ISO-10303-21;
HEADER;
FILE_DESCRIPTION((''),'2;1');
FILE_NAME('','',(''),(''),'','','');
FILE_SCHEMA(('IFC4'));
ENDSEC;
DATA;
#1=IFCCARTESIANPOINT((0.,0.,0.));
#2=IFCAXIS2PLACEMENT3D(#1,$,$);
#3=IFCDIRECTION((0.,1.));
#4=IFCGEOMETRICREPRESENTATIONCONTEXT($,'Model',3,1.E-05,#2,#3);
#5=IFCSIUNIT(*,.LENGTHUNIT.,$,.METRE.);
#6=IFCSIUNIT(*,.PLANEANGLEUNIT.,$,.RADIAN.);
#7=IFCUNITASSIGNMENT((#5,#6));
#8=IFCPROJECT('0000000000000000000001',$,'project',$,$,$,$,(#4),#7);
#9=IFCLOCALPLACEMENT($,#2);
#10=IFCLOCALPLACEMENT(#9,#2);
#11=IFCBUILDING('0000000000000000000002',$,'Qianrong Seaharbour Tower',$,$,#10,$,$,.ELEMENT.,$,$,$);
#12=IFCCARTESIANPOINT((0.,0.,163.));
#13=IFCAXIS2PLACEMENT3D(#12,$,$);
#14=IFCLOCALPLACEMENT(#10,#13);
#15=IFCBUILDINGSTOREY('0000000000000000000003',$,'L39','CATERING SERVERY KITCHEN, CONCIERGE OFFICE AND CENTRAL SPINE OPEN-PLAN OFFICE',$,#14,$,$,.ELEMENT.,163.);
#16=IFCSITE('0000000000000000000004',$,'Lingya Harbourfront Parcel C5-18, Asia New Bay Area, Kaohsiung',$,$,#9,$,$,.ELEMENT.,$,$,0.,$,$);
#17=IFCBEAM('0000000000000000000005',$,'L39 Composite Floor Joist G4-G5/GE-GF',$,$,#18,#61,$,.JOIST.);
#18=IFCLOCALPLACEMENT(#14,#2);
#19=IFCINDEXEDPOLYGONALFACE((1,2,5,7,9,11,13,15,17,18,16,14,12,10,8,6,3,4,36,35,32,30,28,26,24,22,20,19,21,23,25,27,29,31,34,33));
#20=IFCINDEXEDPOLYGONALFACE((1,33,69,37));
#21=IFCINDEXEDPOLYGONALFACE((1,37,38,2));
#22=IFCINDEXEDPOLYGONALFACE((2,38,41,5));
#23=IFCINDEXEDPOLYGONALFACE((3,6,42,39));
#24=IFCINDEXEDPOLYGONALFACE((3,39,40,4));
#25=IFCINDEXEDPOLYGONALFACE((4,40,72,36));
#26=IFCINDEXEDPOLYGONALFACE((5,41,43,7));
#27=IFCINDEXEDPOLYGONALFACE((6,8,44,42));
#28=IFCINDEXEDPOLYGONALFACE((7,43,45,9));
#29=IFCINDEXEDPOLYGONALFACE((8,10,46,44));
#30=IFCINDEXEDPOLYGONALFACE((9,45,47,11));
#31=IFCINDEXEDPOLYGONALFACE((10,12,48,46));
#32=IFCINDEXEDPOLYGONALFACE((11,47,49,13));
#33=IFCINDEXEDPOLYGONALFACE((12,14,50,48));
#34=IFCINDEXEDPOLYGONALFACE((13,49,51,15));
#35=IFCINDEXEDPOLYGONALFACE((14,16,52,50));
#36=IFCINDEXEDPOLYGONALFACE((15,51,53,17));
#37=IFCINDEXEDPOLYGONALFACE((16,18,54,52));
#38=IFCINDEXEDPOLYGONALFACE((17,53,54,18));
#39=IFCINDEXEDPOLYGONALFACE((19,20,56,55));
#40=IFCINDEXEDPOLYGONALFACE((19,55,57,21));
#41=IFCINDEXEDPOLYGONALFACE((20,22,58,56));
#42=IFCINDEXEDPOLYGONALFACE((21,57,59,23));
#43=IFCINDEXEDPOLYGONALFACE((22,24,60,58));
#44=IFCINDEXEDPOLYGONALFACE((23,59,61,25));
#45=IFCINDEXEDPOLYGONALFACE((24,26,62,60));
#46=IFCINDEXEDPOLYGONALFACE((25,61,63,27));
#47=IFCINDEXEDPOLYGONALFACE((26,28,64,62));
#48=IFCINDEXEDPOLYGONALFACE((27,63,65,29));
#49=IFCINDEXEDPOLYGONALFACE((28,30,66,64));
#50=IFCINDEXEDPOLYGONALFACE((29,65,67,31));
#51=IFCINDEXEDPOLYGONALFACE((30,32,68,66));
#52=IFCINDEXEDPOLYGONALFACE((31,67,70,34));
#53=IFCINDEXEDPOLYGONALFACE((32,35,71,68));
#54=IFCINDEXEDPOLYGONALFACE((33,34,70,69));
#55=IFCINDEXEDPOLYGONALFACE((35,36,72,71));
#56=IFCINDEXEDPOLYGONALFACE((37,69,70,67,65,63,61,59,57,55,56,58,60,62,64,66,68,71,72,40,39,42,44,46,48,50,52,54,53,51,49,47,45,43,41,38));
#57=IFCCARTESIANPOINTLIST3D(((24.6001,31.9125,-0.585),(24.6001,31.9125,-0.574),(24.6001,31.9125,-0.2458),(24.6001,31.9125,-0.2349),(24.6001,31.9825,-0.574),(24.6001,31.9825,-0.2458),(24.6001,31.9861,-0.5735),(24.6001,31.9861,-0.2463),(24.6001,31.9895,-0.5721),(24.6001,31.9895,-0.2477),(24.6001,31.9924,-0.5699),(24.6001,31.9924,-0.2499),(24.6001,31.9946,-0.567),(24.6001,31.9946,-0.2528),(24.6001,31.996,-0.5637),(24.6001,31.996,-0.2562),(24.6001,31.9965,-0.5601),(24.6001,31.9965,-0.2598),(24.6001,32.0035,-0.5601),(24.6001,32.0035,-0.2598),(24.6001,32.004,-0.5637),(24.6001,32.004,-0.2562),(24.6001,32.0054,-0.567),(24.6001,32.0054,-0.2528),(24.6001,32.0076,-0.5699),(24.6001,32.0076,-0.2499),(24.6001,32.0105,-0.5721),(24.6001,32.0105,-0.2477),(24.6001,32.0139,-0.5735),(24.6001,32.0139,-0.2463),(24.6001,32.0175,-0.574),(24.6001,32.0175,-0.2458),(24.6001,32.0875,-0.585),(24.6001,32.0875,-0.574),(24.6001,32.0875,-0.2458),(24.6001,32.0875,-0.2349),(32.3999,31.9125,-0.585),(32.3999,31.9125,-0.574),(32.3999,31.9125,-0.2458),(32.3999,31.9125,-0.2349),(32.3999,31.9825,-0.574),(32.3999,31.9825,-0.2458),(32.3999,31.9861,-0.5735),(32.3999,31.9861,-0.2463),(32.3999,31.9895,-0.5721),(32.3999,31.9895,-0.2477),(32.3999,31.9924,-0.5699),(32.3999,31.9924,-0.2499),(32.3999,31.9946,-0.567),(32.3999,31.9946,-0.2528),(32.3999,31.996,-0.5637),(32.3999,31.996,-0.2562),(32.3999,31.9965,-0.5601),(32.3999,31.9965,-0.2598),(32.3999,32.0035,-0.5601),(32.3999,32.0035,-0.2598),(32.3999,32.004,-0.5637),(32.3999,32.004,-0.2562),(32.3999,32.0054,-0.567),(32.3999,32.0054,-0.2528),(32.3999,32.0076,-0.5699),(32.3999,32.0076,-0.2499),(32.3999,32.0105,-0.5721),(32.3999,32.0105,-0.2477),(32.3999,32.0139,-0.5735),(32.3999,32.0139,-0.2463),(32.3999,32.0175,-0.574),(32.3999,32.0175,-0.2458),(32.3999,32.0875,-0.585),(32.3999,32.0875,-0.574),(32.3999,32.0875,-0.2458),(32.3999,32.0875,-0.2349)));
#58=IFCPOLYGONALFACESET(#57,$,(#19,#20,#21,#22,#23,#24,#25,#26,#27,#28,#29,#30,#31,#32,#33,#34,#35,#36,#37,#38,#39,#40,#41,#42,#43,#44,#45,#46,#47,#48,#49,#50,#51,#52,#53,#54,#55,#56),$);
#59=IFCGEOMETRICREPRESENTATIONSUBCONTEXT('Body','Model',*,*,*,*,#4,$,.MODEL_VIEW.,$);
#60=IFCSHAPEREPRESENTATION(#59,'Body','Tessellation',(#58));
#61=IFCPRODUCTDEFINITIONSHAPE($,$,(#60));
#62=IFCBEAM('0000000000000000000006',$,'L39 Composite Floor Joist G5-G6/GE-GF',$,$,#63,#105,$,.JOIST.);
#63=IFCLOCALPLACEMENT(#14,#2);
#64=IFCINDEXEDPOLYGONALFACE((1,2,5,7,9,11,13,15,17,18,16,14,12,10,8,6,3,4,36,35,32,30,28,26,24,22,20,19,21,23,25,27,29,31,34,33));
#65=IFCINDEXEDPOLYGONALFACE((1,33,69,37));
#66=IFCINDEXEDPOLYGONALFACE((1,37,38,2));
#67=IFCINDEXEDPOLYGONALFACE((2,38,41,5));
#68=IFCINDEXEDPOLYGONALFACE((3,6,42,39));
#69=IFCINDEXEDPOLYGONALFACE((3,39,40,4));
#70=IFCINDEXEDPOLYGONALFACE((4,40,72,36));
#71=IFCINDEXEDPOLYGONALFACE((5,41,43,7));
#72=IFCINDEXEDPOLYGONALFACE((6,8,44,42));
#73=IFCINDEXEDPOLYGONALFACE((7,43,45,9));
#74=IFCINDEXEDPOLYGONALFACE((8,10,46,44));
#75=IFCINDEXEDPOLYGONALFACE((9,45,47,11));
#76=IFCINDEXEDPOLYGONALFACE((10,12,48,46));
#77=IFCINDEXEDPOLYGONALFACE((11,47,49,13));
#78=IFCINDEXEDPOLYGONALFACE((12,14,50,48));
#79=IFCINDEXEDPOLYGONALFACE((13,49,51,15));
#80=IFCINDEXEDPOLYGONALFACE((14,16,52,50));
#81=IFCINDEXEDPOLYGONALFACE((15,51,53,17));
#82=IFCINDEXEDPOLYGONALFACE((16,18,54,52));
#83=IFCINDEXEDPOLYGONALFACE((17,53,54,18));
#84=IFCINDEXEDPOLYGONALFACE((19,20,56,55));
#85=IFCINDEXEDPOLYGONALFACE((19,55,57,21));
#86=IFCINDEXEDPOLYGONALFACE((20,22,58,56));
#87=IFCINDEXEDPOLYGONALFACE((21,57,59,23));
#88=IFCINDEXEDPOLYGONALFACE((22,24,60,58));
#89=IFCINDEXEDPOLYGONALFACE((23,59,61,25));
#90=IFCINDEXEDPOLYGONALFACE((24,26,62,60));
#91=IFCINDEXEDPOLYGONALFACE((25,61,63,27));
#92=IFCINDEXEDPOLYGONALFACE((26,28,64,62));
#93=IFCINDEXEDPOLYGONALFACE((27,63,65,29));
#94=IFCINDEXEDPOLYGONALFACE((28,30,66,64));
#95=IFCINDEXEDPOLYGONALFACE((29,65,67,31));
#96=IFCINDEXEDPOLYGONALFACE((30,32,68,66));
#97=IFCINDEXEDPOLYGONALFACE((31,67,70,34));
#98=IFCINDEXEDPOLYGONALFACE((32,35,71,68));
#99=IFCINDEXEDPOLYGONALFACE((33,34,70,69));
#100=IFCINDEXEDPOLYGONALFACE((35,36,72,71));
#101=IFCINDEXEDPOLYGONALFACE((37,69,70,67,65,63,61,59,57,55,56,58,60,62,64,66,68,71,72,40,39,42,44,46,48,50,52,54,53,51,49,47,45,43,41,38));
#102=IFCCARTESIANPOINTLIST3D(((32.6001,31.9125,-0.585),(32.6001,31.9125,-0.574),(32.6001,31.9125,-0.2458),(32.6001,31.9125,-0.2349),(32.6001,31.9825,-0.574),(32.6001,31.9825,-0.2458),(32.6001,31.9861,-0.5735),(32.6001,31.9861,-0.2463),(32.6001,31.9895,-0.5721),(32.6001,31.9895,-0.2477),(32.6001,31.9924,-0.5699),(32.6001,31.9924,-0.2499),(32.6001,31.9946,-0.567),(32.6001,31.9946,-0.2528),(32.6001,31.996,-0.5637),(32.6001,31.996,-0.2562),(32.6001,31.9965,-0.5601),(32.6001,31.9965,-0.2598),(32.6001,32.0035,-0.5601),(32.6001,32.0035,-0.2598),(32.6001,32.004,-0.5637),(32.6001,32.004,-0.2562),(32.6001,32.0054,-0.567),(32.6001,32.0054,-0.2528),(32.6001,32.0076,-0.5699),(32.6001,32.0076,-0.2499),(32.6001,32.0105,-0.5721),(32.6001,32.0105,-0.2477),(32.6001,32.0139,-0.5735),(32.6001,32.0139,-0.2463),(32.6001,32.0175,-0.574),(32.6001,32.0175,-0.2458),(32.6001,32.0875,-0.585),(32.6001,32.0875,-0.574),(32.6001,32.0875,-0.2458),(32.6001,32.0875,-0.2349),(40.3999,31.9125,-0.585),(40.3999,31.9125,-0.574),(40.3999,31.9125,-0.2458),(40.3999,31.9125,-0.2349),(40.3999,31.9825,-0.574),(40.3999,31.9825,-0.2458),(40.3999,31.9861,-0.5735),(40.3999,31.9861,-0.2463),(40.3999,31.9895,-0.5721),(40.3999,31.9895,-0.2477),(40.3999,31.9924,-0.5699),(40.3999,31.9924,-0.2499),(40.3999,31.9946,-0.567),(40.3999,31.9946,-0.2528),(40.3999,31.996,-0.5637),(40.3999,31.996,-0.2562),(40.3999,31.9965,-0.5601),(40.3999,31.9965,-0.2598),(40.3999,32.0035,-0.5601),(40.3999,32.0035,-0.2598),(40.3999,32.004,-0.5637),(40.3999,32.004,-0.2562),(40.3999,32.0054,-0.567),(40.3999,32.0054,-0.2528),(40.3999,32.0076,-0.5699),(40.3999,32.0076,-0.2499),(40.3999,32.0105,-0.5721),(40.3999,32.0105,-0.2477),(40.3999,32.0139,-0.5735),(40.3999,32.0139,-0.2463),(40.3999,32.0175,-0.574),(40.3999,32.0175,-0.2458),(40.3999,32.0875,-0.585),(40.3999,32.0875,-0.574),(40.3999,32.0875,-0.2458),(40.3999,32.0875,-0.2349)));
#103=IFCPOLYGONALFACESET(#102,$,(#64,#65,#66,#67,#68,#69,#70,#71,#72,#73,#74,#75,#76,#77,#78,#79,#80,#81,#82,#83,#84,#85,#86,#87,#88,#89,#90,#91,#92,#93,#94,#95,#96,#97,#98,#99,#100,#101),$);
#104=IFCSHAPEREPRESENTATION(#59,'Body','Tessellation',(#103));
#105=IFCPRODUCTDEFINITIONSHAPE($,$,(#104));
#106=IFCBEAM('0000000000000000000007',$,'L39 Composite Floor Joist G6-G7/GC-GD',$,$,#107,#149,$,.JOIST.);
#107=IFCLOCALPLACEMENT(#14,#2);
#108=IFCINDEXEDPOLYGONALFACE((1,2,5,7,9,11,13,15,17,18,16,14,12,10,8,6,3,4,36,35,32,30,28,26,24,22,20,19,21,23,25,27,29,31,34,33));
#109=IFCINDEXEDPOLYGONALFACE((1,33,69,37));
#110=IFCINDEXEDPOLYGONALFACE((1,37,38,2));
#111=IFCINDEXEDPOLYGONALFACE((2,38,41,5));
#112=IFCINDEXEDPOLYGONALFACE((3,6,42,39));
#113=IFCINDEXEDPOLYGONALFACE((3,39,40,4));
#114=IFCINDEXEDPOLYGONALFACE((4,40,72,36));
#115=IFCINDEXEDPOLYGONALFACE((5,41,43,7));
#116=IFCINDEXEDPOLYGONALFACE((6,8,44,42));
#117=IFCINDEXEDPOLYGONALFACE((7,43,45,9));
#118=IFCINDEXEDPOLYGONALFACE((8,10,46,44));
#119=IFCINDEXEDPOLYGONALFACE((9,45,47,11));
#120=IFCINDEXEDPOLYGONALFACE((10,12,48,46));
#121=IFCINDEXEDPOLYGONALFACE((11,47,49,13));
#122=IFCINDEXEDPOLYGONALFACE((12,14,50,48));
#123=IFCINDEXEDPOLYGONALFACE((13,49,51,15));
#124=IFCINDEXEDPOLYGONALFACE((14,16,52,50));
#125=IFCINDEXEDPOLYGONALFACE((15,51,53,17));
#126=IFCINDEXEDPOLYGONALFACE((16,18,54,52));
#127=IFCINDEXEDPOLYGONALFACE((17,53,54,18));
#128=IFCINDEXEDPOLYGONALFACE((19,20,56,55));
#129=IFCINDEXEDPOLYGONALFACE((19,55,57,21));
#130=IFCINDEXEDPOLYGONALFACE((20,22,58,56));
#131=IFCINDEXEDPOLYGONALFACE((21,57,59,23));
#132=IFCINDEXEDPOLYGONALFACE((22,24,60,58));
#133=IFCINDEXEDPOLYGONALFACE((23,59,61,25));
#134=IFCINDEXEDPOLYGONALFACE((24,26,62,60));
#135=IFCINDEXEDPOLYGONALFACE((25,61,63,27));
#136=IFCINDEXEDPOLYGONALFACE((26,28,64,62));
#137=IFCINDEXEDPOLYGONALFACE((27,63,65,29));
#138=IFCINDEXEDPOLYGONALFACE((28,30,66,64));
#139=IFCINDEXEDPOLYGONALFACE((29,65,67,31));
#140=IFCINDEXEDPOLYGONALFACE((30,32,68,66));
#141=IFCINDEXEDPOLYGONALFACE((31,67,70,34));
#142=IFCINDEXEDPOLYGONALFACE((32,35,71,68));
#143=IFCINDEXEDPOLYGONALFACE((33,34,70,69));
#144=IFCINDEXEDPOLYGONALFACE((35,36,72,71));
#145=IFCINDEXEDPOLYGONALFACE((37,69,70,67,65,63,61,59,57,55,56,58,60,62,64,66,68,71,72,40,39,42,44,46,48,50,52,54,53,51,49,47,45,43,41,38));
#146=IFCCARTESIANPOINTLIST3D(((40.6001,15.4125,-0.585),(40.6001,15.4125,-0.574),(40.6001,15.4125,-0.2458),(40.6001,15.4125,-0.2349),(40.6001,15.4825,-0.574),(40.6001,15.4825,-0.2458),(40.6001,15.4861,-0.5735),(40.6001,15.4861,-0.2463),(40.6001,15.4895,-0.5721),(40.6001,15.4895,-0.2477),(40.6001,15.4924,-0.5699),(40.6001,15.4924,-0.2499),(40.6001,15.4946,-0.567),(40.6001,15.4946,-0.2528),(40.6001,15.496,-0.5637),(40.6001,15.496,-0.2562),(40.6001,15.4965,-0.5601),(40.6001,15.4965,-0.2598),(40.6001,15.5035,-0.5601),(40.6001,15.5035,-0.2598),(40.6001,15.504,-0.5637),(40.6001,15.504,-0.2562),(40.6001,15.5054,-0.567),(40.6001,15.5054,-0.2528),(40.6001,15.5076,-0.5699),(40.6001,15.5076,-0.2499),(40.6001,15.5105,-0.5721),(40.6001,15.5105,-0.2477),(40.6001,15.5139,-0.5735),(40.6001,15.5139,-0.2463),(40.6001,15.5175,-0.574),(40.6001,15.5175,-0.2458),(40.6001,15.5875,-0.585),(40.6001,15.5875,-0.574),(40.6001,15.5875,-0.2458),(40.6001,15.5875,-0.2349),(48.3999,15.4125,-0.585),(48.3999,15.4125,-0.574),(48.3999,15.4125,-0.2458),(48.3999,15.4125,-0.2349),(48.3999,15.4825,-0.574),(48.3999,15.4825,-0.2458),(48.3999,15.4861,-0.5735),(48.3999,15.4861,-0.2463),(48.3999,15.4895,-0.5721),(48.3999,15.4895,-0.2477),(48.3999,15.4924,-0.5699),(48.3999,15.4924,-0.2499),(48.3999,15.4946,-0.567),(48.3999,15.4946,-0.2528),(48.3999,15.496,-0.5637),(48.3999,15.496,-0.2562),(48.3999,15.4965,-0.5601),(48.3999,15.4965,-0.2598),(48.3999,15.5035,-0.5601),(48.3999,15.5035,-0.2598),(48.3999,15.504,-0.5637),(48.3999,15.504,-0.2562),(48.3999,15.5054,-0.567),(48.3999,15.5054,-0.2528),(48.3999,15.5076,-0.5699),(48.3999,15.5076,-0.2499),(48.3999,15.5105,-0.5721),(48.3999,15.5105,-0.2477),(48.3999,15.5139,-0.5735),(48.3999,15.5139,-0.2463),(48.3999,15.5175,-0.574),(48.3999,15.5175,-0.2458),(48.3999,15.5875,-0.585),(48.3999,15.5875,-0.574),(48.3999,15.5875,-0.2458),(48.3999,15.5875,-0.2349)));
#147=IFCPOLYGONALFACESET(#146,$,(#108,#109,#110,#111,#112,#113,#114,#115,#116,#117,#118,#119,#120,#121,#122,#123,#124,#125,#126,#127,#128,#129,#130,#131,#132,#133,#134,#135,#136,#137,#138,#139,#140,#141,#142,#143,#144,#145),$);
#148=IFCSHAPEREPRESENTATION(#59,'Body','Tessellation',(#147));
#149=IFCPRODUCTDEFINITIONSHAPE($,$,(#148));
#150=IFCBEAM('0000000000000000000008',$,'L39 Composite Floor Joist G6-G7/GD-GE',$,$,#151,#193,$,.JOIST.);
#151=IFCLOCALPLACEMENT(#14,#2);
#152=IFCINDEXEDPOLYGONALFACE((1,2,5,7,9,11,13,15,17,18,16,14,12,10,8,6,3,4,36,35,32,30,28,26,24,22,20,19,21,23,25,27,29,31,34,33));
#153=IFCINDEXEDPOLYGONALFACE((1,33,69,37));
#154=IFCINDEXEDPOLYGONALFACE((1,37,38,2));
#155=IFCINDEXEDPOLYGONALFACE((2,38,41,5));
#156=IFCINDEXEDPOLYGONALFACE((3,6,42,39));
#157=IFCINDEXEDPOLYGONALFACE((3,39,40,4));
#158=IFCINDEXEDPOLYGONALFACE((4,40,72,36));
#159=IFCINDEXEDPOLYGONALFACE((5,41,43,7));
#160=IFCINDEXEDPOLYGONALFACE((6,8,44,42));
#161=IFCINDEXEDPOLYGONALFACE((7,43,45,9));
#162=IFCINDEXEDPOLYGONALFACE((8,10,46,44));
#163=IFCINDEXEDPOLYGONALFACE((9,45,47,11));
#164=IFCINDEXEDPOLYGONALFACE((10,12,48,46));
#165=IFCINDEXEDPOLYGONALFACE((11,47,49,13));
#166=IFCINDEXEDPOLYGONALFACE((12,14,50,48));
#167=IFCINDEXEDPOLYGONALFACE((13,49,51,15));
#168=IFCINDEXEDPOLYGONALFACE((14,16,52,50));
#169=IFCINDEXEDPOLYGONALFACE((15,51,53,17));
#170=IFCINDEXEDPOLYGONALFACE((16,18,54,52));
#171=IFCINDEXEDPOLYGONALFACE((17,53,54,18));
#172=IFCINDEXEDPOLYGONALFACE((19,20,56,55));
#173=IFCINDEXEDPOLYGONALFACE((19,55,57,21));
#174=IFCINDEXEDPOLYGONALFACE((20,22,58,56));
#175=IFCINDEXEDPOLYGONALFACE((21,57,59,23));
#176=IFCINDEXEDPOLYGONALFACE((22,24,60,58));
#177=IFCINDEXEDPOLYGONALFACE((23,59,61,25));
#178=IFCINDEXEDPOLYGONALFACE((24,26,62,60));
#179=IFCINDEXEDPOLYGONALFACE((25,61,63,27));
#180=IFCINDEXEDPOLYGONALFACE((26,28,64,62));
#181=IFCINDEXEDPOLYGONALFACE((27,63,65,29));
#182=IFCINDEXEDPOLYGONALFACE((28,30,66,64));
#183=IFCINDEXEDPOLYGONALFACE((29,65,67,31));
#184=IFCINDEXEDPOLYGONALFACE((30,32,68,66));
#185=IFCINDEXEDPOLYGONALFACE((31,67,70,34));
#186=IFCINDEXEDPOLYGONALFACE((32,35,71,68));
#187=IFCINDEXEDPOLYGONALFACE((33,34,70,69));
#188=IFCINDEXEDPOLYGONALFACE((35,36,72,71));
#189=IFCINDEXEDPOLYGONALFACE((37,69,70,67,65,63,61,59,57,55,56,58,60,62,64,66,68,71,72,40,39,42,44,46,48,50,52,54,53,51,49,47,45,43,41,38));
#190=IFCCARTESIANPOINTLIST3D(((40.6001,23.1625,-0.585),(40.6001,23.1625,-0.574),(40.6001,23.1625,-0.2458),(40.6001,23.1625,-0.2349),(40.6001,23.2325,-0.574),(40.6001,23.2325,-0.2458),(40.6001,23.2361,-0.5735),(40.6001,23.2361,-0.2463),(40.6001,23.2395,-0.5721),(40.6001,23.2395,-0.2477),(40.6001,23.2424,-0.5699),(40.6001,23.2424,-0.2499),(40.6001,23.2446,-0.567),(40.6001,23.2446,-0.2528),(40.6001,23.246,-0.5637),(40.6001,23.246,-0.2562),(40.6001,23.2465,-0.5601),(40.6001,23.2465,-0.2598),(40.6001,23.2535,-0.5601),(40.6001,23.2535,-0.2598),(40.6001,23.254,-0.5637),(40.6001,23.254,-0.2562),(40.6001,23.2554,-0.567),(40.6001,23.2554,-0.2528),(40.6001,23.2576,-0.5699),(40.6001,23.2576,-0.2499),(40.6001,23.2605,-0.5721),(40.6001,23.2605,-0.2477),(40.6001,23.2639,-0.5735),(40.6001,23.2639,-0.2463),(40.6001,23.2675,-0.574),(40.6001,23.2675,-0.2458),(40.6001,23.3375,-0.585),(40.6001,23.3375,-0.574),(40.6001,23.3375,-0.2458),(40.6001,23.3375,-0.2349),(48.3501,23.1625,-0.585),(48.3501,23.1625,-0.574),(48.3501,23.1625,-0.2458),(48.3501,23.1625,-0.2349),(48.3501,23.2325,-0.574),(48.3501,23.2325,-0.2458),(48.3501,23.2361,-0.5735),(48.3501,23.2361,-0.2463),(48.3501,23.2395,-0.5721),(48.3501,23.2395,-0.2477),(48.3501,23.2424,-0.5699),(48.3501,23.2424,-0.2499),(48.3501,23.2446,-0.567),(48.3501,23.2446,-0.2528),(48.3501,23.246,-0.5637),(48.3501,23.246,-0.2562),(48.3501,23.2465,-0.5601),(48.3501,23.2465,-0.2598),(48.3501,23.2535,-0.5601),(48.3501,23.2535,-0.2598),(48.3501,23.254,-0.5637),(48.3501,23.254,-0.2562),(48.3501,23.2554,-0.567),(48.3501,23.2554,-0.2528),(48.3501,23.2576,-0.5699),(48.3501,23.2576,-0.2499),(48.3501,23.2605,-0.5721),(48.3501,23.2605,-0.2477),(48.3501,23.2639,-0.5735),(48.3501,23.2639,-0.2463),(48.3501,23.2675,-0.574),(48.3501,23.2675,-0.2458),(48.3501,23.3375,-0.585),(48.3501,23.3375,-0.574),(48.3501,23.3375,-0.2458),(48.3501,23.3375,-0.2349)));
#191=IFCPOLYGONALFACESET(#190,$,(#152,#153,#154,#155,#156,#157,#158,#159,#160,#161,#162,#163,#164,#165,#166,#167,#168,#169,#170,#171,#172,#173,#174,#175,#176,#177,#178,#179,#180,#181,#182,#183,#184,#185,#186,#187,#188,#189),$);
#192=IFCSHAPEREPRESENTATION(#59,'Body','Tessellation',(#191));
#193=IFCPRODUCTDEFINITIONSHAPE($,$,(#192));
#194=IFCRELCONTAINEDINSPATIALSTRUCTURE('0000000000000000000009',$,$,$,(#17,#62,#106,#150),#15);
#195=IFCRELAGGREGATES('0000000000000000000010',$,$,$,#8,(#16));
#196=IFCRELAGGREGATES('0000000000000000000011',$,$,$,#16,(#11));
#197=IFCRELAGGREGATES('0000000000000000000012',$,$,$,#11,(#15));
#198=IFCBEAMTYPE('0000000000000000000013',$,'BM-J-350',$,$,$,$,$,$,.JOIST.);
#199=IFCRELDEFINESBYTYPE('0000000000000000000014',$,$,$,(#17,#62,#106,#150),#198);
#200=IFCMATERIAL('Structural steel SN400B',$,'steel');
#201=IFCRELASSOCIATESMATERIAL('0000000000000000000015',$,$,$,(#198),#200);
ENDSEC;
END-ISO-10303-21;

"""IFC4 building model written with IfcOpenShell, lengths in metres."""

from ifc_helpers import new_model, si_unit, direction, frame, origin, origin_2d, place, context, subcontext, project, spatial, i_section, extrude, material, material_profile, profile_set, type_object, element, save


model = new_model("IFC4")

# Units and contexts
model_context = context("Model", 3, precision=1e-05, world=origin(), true_north=direction((0.0, 1.0)))
body_context = subcontext(model_context, "Body", "Model", "MODEL_VIEW")
ifc_project = project(units=[si_unit("LENGTHUNIT", "METRE"), si_unit("PLANEANGLEUNIT", "RADIAN")], contexts=[model_context])

# Site, building, storey
site_placement = place(None, origin())
site = spatial("IfcSite", under=ifc_project, at=site_placement, Name="Lingya Harbourfront Parcel C5-18, Asia New Bay Area, Kaohsiung", CompositionType="ELEMENT", RefElevation=0.0)
building_placement = place(site_placement, origin())
building = spatial("IfcBuilding", under=site, at=building_placement, Name="Qianrong Seaharbour Tower", CompositionType="ELEMENT")
storey_placement = place(building_placement, frame((0.0, 0.0, 163.0)))
storey = spatial("IfcBuildingStorey", under=building, at=storey_placement, Name="L39", Description="CATERING SERVERY KITCHEN, CONCIERGE OFFICE AND CENTRAL SPINE OPEN-PLAN OFFICE", CompositionType="ELEMENT", Elevation=163.0)

# Beams
ifc_material_1 = material(Name="Structural steel SN400B", Category="steel")
ifc_material_profile_1 = material_profile(ifc_material_1, i_section(OverallWidth=0.175, OverallDepth=0.3501, WebThickness=0.0071, FlangeThickness=0.011, FilletRadius=0.0139, at=origin_2d()), Name="H350x175x7x11")
ifc_profile_set_1 = profile_set([ifc_material_profile_1], Name="Structural steel SN400B")
beam_type_1 = type_object("IfcBeamType", Name="BM-J-350", PredefinedType="JOIST", material=ifc_profile_set_1)
for number, where, z_axis, x_axis, name in (
    (1, (24.6001, 32.0, -0.4099), (1.0, 0.0, 0.0), (0.0, 1.0, 0.0), "L39 Composite Floor Joist G4-G5/GE-GF"),
    (2, (32.6001, 32.0, -0.4099), (1.0, 0.0, 0.0), (0.0, 1.0, 0.0), "L39 Composite Floor Joist G5-G6/GE-GF"),
    (3, (40.6001, 15.5, -0.4099), (1.0, 0.0, 0.0), (0.0, 1.0, 0.0), "L39 Composite Floor Joist G6-G7/GC-GD"),
):
    element("IfcBeam", number, at=place(storey_placement, frame(where, z_axis=z_axis, x_axis=x_axis)), inside=storey, type_object=beam_type_1, Name=name, PredefinedType="JOIST", context=body_context, shape_type="SweptSolid", body=[
        extrude(i_section(OverallWidth=0.175, OverallDepth=0.3501, WebThickness=0.0071, FlangeThickness=0.011, FilletRadius=0.0139, at=origin_2d()), origin(), (0.0, 0.0, 1.0), 7.7998),
    ])
beam_1_placement = place(storey_placement, frame((40.6001, 23.25, -0.4099), z_axis=(1.0, 0.0, 0.0), x_axis=(0.0, 1.0, 0.0)))
element("IfcBeam", 4, at=beam_1_placement, inside=storey, type_object=beam_type_1, Name="L39 Composite Floor Joist G6-G7/GD-GE", PredefinedType="JOIST", context=body_context, shape_type="SweptSolid", body=[
    extrude(i_section(OverallWidth=0.175, OverallDepth=0.3501, WebThickness=0.0071, FlangeThickness=0.011, FilletRadius=0.0139, at=origin_2d()), origin(), (0.0, 0.0, 1.0), 7.75),
])

save(model, "model.ifc")
